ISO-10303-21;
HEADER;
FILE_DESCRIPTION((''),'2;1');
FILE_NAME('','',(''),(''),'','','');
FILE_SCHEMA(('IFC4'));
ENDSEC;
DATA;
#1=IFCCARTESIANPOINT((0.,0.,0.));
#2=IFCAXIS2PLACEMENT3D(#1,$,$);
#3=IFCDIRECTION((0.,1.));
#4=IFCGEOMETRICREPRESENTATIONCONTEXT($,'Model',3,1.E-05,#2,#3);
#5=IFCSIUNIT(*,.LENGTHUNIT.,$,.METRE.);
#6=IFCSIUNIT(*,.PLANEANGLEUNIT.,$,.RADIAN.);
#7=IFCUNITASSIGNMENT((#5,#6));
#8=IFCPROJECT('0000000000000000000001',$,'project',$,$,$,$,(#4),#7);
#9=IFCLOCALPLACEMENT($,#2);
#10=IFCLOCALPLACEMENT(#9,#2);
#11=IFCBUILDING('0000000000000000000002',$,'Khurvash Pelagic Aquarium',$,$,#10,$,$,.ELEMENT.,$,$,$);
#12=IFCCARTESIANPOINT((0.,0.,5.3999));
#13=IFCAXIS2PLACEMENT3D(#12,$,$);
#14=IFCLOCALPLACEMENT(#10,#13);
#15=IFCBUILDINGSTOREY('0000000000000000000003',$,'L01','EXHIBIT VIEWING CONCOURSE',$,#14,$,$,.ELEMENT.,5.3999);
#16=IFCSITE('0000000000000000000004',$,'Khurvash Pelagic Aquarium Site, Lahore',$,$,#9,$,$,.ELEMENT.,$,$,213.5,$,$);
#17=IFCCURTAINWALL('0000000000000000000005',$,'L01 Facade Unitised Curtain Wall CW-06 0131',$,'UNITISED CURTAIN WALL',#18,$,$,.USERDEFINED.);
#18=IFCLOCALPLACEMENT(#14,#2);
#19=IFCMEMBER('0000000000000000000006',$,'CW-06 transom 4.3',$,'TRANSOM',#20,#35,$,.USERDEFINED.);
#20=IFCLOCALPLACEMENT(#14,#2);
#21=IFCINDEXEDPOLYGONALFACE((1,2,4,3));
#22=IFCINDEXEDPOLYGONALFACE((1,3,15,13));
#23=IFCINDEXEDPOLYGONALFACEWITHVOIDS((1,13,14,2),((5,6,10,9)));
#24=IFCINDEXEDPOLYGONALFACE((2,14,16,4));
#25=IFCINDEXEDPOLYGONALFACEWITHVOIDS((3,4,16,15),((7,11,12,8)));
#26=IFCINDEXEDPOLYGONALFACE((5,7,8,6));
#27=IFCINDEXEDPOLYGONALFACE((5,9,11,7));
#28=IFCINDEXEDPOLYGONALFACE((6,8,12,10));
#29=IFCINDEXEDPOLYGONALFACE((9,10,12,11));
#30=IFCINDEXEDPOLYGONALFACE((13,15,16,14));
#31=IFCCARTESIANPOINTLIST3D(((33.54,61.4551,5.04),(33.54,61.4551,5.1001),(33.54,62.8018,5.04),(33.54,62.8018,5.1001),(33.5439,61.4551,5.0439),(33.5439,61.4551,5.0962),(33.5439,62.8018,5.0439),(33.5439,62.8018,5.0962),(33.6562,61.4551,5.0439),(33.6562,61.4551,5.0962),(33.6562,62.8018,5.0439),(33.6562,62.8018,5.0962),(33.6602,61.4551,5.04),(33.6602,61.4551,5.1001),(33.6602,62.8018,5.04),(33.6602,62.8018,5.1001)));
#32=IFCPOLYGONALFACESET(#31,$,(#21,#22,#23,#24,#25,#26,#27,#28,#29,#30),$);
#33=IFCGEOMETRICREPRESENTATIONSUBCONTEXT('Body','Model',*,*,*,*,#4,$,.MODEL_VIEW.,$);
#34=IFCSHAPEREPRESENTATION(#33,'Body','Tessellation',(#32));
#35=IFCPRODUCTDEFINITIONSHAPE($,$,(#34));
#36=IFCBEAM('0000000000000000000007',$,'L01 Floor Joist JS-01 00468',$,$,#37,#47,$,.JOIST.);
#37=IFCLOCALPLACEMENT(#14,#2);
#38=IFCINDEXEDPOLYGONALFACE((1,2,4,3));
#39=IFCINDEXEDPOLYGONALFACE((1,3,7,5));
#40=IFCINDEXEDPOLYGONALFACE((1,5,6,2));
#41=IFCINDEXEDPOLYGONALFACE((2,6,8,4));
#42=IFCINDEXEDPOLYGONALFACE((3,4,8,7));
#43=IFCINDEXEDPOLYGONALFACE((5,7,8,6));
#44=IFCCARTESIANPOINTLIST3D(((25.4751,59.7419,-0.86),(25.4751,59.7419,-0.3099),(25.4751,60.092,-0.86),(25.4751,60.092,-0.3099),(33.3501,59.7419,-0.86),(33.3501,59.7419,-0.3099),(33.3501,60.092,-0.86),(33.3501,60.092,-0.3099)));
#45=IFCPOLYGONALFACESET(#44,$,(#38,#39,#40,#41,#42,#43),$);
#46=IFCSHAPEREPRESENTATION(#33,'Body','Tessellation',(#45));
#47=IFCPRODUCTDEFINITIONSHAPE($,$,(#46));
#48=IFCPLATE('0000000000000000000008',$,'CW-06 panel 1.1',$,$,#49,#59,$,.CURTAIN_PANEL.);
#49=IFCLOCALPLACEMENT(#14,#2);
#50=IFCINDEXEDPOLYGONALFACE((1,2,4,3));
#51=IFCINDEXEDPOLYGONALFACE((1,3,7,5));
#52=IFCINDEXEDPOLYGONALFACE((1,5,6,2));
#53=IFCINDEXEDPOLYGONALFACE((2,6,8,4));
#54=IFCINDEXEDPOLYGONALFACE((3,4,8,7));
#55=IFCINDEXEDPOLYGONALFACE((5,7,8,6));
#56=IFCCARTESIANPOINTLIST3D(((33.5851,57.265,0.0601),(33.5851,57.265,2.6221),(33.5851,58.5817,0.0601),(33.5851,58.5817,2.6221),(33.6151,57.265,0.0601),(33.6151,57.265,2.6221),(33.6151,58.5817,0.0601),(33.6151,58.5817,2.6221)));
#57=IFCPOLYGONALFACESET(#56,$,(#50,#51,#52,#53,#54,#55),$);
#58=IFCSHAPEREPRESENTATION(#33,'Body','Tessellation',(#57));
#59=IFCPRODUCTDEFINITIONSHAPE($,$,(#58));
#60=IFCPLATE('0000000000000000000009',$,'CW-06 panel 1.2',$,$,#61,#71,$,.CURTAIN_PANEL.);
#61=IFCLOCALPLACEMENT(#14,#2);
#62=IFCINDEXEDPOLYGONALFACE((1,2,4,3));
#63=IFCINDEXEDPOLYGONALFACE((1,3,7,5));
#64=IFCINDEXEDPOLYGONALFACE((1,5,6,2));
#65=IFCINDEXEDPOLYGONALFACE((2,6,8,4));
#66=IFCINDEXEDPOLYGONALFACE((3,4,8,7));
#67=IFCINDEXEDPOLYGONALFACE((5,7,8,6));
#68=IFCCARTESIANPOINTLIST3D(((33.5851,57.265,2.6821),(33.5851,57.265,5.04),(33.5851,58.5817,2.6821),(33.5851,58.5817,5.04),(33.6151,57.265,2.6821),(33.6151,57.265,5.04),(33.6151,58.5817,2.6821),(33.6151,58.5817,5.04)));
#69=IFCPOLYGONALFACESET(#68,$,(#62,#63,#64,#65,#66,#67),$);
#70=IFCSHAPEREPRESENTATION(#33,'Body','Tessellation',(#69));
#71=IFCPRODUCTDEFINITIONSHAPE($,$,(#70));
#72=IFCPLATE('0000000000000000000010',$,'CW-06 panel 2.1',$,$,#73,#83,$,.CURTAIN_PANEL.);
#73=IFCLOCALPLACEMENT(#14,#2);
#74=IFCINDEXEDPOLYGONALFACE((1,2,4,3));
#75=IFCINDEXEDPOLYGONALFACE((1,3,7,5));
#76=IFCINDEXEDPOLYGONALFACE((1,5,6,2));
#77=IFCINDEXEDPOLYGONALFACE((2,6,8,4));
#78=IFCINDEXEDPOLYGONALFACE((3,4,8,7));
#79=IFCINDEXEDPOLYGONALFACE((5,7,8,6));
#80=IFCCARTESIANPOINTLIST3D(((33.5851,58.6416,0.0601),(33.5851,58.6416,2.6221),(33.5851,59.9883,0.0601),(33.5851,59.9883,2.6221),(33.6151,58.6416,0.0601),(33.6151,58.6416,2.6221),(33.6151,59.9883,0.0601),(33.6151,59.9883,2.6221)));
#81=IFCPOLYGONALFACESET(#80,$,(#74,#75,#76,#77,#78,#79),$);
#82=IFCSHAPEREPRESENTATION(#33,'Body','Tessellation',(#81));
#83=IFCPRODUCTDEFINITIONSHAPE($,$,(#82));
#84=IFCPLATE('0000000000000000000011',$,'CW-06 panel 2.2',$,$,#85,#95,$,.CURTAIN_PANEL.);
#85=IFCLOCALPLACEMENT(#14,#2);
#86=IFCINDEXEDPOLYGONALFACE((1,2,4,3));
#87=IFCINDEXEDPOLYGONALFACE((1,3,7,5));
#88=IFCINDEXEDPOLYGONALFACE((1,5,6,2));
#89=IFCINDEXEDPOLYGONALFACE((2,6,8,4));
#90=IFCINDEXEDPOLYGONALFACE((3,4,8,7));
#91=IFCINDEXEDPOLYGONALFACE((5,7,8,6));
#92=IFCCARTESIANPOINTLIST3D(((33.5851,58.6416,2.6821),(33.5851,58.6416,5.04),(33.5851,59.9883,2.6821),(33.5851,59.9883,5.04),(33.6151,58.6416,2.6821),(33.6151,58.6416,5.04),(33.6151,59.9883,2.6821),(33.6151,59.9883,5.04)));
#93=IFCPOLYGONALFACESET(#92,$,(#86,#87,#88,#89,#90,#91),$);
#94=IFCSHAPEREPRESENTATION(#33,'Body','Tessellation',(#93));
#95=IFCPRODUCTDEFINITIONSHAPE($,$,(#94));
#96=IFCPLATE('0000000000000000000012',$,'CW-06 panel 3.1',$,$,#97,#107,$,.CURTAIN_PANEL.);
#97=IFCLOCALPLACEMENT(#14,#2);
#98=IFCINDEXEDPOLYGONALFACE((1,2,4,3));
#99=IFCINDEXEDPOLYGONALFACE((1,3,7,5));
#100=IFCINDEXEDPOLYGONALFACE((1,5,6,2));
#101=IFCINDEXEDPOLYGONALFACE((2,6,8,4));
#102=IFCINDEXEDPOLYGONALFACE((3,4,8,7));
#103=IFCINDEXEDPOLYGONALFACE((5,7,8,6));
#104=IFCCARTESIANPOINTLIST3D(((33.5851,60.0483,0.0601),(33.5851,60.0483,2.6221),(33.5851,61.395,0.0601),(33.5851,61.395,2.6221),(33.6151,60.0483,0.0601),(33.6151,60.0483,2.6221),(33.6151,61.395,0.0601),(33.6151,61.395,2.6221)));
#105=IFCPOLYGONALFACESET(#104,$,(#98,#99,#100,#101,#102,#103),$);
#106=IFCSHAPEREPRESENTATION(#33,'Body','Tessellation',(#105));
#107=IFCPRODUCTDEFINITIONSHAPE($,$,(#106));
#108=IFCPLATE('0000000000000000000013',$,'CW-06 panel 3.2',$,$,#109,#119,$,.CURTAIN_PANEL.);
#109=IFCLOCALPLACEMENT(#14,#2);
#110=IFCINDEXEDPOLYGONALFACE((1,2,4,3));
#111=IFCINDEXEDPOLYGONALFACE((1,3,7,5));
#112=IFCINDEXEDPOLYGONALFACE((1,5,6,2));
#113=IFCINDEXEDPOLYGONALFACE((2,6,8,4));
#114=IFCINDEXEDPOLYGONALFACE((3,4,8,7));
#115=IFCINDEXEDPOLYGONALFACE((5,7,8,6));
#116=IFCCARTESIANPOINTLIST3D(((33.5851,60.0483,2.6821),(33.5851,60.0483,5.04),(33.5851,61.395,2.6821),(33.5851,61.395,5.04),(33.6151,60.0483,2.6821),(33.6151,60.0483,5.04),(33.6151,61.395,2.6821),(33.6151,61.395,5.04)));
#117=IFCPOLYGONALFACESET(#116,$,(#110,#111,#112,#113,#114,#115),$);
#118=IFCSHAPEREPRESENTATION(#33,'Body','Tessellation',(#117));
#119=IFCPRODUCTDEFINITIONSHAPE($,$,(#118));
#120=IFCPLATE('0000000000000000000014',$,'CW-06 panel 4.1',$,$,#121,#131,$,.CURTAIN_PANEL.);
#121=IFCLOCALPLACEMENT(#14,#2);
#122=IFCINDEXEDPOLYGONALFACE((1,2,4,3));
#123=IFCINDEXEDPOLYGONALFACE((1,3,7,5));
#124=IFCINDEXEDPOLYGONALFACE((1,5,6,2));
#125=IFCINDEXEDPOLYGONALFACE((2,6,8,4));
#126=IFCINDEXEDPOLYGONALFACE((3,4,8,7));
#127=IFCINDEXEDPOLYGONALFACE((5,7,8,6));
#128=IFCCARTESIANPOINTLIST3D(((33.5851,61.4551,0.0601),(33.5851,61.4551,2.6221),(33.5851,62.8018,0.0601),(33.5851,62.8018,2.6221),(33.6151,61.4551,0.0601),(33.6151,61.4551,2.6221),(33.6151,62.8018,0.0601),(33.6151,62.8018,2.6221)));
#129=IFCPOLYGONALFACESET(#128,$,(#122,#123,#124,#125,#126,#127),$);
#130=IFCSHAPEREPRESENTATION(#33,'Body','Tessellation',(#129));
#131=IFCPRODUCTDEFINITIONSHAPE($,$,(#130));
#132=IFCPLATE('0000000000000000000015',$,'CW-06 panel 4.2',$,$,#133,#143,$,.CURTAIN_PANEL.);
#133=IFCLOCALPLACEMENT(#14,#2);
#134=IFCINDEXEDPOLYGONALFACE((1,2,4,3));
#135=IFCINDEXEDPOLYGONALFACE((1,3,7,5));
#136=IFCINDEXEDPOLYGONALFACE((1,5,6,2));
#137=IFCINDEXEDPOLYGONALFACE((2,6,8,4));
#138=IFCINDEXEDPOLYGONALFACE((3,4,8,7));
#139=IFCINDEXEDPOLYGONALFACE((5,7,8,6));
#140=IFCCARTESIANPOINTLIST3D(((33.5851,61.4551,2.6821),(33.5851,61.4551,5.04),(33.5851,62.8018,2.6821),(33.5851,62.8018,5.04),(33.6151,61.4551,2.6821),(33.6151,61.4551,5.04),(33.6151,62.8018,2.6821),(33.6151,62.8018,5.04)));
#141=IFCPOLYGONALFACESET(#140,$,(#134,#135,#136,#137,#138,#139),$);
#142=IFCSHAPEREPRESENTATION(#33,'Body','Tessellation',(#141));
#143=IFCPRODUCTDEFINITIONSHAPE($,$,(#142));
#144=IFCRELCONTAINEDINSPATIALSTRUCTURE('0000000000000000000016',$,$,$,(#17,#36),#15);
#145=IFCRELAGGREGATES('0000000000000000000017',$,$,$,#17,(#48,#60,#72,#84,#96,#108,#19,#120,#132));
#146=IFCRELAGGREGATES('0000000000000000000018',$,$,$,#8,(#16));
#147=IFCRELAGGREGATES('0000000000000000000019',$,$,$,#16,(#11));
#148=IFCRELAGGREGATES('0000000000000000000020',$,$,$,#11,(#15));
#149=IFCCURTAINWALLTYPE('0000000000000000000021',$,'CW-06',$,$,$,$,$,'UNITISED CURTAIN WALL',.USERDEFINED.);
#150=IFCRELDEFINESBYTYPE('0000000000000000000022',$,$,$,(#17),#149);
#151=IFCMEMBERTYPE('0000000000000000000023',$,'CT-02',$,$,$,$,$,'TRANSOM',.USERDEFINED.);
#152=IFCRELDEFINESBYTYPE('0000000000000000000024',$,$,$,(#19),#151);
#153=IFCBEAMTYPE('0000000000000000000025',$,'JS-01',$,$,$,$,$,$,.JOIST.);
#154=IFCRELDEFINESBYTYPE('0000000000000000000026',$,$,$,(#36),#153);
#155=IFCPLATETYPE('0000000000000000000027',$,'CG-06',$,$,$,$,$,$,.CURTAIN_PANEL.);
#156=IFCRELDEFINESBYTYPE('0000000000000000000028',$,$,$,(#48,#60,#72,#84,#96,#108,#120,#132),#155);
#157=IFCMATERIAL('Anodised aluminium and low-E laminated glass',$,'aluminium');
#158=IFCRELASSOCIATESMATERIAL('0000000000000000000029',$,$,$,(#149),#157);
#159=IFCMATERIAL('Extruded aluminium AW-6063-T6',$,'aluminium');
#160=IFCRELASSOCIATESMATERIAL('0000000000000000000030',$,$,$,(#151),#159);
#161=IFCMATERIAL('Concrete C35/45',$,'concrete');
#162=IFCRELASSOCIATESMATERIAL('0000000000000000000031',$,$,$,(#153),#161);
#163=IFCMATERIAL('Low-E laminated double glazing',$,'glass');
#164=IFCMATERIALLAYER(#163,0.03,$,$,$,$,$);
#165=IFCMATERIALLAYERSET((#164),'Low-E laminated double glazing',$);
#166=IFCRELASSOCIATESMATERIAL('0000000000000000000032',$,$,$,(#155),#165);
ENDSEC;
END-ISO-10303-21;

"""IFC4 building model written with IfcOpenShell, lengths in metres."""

from ifc_helpers import new_model, si_unit, direction, frame, origin, origin_2d, place, context, subcontext, project, spatial, rectangle, hollow_rectangle, extrude, material, layer, layer_set, material_profile, profile_set, type_object, element, aggregate, save


model = new_model("IFC4")

# Units and contexts
model_context = context("Model", 3, precision=1e-05, world=origin(), true_north=direction((0.0, 1.0)))
body_context = subcontext(model_context, "Body", "Model", "MODEL_VIEW")
ifc_project = project(units=[si_unit("LENGTHUNIT", "METRE"), si_unit("PLANEANGLEUNIT", "RADIAN")], contexts=[model_context])

# Site, building, storey
site_placement = place(None, origin())
site = spatial("IfcSite", under=ifc_project, at=site_placement, Name="Khurvash Pelagic Aquarium Site, Lahore", CompositionType="ELEMENT", RefElevation=213.5)
building_placement = place(site_placement, origin())
building = spatial("IfcBuilding", under=site, at=building_placement, Name="Khurvash Pelagic Aquarium", CompositionType="ELEMENT")
storey_placement = place(building_placement, frame((0.0, 0.0, 5.3999)))
storey = spatial("IfcBuildingStorey", under=building, at=storey_placement, Name="L01", Description="EXHIBIT VIEWING CONCOURSE", CompositionType="ELEMENT", Elevation=5.3999)

# Curtain wall, member
ifc_material_1 = material(Name="Anodised aluminium and low-E laminated glass", Category="aluminium")
curtain_wall_type = type_object("IfcCurtainWallType", Name="CW-06", ElementType="UNITISED CURTAIN WALL", PredefinedType="USERDEFINED", material=ifc_material_1)
curtain_wall_placement = place(storey_placement, origin())
curtain_wall = element("IfcCurtainWall", 1, at=curtain_wall_placement, inside=storey, type_object=curtain_wall_type, Name="L01 Facade Unitised Curtain Wall CW-06 0131", ObjectType="UNITISED CURTAIN WALL", PredefinedType="USERDEFINED")
ifc_material_2 = material(Name="Extruded aluminium AW-6063-T6", Category="aluminium")
ifc_material_profile_1 = material_profile(ifc_material_2, hollow_rectangle(XDim=0.1201, YDim=0.0601, WallThickness=0.0039, at=origin_2d()), Name="CWT120X60X4")
ifc_profile_set_1 = profile_set([ifc_material_profile_1], Name="Extruded aluminium AW-6063-T6")
member_type_1 = type_object("IfcMemberType", Name="CT-02", ElementType="TRANSOM", PredefinedType="USERDEFINED", material=ifc_profile_set_1)
member_1_placement = place(storey_placement, frame((33.6001, 61.4551, 5.0701), z_axis=(0.0, 1.0, 0.0), x_axis=(-1.0, 0.0, 0.0)))
member_1 = element("IfcMember", 2, at=member_1_placement, type_object=member_type_1, Name="CW-06 transom 4.3", ObjectType="TRANSOM", PredefinedType="USERDEFINED", context=body_context, shape_type="SweptSolid", body=[
    extrude(hollow_rectangle(XDim=0.1201, YDim=0.0601, WallThickness=0.0039, at=origin_2d()), origin(), (0.0, 0.0, 1.0), 1.3467),
])

# Beam
ifc_material_3 = material(Name="Concrete C35/45", Category="concrete")
ifc_material_profile_2 = material_profile(ifc_material_3, rectangle(XDim=0.3501, YDim=0.55, at=origin_2d()), Name="RC350X550")
ifc_profile_set_2 = profile_set([ifc_material_profile_2], Name="Concrete C35/45")
beam_type = type_object("IfcBeamType", Name="JS-01", PredefinedType="JOIST", material=ifc_profile_set_2)
beam_placement = place(storey_placement, frame((25.4751, 59.917, -0.585), z_axis=(1.0, 0.0, 0.0), x_axis=(0.0, 1.0, 0.0)))
element("IfcBeam", 3, at=beam_placement, inside=storey, type_object=beam_type, Name="L01 Floor Joist JS-01 00468", PredefinedType="JOIST", context=body_context, shape_type="SweptSolid", body=[
    extrude(rectangle(XDim=0.3501, YDim=0.55, at=origin_2d()), origin(), (0.0, 0.0, 1.0), 7.875),
])

# Plates
ifc_material_4 = material(Name="Low-E laminated double glazing", Category="glass")
ifc_layer = layer(ifc_material_4, 0.03)
ifc_layer_set = layer_set([ifc_layer], Name="Low-E laminated double glazing")
plate_type = type_object("IfcPlateType", Name="CG-06", PredefinedType="CURTAIN_PANEL", material=ifc_layer_set)
plate_1_placement = place(storey_placement, frame((33.6001, 57.9233, 0.0601), z_axis=(0.0, 0.0, 1.0), x_axis=(0.0, 1.0, 0.0)))
plate_1 = element("IfcPlate", 4, at=plate_1_placement, type_object=plate_type, Name="CW-06 panel 1.1", PredefinedType="CURTAIN_PANEL", context=body_context, shape_type="SweptSolid", body=[
    extrude(rectangle(XDim=1.3167, YDim=0.03, at=origin_2d()), origin(), (0.0, 0.0, 1.0), 2.562),
])
plate_2_placement = place(storey_placement, frame((33.6001, 57.9233, 2.6821), z_axis=(0.0, 0.0, 1.0), x_axis=(0.0, 1.0, 0.0)))
plate_2 = element("IfcPlate", 5, at=plate_2_placement, type_object=plate_type, Name="CW-06 panel 1.2", PredefinedType="CURTAIN_PANEL", context=body_context, shape_type="SweptSolid", body=[
    extrude(rectangle(XDim=1.3167, YDim=0.03, at=origin_2d()), origin(), (0.0, 0.0, 1.0), 2.3579),
])
plate_3_placement = place(storey_placement, frame((33.6001, 59.3149, 0.0601), z_axis=(0.0, 0.0, 1.0), x_axis=(0.0, 1.0, 0.0)))
plate_3 = element("IfcPlate", 6, at=plate_3_placement, type_object=plate_type, Name="CW-06 panel 2.1", PredefinedType="CURTAIN_PANEL", context=body_context, shape_type="SweptSolid", body=[
    extrude(rectangle(XDim=1.3467, YDim=0.03, at=origin_2d()), origin(), (0.0, 0.0, 1.0), 2.562),
])
plate_4_placement = place(storey_placement, frame((33.6001, 59.3149, 2.6821), z_axis=(0.0, 0.0, 1.0), x_axis=(0.0, 1.0, 0.0)))
plate_4 = element("IfcPlate", 7, at=plate_4_placement, type_object=plate_type, Name="CW-06 panel 2.2", PredefinedType="CURTAIN_PANEL", context=body_context, shape_type="SweptSolid", body=[
    extrude(rectangle(XDim=1.3467, YDim=0.03, at=origin_2d()), origin(), (0.0, 0.0, 1.0), 2.3579),
])
plate_5_placement = place(storey_placement, frame((33.6001, 60.7217, 0.0601), z_axis=(0.0, 0.0, 1.0), x_axis=(0.0, 1.0, 0.0)))
plate_5 = element("IfcPlate", 8, at=plate_5_placement, type_object=plate_type, Name="CW-06 panel 3.1", PredefinedType="CURTAIN_PANEL", context=body_context, shape_type="SweptSolid", body=[
    extrude(rectangle(XDim=1.3467, YDim=0.03, at=origin_2d()), origin(), (0.0, 0.0, 1.0), 2.562),
])
plate_6_placement = place(storey_placement, frame((33.6001, 60.7217, 2.6821), z_axis=(0.0, 0.0, 1.0), x_axis=(0.0, 1.0, 0.0)))
plate_6 = element("IfcPlate", 9, at=plate_6_placement, type_object=plate_type, Name="CW-06 panel 3.2", PredefinedType="CURTAIN_PANEL", context=body_context, shape_type="SweptSolid", body=[
    extrude(rectangle(XDim=1.3467, YDim=0.03, at=origin_2d()), origin(), (0.0, 0.0, 1.0), 2.3579),
])
plate_7_placement = place(storey_placement, frame((33.6001, 62.1284, 0.0601), z_axis=(0.0, 0.0, 1.0), x_axis=(0.0, 1.0, 0.0)))
plate_7 = element("IfcPlate", 10, at=plate_7_placement, type_object=plate_type, Name="CW-06 panel 4.1", PredefinedType="CURTAIN_PANEL", context=body_context, shape_type="SweptSolid", body=[
    extrude(rectangle(XDim=1.3467, YDim=0.03, at=origin_2d()), origin(), (0.0, 0.0, 1.0), 2.562),
])
plate_8_placement = place(storey_placement, frame((33.6001, 62.1284, 2.6821), z_axis=(0.0, 0.0, 1.0), x_axis=(0.0, 1.0, 0.0)))
plate_8 = element("IfcPlate", 11, at=plate_8_placement, type_object=plate_type, Name="CW-06 panel 4.2", PredefinedType="CURTAIN_PANEL", context=body_context, shape_type="SweptSolid", body=[
    extrude(rectangle(XDim=1.3467, YDim=0.03, at=origin_2d()), origin(), (0.0, 0.0, 1.0), 2.3579),
])
aggregate(curtain_wall, [plate_1, plate_2, plate_3, plate_4, plate_5, plate_6, member_1, plate_7, plate_8])

save(model, "model.ifc")
